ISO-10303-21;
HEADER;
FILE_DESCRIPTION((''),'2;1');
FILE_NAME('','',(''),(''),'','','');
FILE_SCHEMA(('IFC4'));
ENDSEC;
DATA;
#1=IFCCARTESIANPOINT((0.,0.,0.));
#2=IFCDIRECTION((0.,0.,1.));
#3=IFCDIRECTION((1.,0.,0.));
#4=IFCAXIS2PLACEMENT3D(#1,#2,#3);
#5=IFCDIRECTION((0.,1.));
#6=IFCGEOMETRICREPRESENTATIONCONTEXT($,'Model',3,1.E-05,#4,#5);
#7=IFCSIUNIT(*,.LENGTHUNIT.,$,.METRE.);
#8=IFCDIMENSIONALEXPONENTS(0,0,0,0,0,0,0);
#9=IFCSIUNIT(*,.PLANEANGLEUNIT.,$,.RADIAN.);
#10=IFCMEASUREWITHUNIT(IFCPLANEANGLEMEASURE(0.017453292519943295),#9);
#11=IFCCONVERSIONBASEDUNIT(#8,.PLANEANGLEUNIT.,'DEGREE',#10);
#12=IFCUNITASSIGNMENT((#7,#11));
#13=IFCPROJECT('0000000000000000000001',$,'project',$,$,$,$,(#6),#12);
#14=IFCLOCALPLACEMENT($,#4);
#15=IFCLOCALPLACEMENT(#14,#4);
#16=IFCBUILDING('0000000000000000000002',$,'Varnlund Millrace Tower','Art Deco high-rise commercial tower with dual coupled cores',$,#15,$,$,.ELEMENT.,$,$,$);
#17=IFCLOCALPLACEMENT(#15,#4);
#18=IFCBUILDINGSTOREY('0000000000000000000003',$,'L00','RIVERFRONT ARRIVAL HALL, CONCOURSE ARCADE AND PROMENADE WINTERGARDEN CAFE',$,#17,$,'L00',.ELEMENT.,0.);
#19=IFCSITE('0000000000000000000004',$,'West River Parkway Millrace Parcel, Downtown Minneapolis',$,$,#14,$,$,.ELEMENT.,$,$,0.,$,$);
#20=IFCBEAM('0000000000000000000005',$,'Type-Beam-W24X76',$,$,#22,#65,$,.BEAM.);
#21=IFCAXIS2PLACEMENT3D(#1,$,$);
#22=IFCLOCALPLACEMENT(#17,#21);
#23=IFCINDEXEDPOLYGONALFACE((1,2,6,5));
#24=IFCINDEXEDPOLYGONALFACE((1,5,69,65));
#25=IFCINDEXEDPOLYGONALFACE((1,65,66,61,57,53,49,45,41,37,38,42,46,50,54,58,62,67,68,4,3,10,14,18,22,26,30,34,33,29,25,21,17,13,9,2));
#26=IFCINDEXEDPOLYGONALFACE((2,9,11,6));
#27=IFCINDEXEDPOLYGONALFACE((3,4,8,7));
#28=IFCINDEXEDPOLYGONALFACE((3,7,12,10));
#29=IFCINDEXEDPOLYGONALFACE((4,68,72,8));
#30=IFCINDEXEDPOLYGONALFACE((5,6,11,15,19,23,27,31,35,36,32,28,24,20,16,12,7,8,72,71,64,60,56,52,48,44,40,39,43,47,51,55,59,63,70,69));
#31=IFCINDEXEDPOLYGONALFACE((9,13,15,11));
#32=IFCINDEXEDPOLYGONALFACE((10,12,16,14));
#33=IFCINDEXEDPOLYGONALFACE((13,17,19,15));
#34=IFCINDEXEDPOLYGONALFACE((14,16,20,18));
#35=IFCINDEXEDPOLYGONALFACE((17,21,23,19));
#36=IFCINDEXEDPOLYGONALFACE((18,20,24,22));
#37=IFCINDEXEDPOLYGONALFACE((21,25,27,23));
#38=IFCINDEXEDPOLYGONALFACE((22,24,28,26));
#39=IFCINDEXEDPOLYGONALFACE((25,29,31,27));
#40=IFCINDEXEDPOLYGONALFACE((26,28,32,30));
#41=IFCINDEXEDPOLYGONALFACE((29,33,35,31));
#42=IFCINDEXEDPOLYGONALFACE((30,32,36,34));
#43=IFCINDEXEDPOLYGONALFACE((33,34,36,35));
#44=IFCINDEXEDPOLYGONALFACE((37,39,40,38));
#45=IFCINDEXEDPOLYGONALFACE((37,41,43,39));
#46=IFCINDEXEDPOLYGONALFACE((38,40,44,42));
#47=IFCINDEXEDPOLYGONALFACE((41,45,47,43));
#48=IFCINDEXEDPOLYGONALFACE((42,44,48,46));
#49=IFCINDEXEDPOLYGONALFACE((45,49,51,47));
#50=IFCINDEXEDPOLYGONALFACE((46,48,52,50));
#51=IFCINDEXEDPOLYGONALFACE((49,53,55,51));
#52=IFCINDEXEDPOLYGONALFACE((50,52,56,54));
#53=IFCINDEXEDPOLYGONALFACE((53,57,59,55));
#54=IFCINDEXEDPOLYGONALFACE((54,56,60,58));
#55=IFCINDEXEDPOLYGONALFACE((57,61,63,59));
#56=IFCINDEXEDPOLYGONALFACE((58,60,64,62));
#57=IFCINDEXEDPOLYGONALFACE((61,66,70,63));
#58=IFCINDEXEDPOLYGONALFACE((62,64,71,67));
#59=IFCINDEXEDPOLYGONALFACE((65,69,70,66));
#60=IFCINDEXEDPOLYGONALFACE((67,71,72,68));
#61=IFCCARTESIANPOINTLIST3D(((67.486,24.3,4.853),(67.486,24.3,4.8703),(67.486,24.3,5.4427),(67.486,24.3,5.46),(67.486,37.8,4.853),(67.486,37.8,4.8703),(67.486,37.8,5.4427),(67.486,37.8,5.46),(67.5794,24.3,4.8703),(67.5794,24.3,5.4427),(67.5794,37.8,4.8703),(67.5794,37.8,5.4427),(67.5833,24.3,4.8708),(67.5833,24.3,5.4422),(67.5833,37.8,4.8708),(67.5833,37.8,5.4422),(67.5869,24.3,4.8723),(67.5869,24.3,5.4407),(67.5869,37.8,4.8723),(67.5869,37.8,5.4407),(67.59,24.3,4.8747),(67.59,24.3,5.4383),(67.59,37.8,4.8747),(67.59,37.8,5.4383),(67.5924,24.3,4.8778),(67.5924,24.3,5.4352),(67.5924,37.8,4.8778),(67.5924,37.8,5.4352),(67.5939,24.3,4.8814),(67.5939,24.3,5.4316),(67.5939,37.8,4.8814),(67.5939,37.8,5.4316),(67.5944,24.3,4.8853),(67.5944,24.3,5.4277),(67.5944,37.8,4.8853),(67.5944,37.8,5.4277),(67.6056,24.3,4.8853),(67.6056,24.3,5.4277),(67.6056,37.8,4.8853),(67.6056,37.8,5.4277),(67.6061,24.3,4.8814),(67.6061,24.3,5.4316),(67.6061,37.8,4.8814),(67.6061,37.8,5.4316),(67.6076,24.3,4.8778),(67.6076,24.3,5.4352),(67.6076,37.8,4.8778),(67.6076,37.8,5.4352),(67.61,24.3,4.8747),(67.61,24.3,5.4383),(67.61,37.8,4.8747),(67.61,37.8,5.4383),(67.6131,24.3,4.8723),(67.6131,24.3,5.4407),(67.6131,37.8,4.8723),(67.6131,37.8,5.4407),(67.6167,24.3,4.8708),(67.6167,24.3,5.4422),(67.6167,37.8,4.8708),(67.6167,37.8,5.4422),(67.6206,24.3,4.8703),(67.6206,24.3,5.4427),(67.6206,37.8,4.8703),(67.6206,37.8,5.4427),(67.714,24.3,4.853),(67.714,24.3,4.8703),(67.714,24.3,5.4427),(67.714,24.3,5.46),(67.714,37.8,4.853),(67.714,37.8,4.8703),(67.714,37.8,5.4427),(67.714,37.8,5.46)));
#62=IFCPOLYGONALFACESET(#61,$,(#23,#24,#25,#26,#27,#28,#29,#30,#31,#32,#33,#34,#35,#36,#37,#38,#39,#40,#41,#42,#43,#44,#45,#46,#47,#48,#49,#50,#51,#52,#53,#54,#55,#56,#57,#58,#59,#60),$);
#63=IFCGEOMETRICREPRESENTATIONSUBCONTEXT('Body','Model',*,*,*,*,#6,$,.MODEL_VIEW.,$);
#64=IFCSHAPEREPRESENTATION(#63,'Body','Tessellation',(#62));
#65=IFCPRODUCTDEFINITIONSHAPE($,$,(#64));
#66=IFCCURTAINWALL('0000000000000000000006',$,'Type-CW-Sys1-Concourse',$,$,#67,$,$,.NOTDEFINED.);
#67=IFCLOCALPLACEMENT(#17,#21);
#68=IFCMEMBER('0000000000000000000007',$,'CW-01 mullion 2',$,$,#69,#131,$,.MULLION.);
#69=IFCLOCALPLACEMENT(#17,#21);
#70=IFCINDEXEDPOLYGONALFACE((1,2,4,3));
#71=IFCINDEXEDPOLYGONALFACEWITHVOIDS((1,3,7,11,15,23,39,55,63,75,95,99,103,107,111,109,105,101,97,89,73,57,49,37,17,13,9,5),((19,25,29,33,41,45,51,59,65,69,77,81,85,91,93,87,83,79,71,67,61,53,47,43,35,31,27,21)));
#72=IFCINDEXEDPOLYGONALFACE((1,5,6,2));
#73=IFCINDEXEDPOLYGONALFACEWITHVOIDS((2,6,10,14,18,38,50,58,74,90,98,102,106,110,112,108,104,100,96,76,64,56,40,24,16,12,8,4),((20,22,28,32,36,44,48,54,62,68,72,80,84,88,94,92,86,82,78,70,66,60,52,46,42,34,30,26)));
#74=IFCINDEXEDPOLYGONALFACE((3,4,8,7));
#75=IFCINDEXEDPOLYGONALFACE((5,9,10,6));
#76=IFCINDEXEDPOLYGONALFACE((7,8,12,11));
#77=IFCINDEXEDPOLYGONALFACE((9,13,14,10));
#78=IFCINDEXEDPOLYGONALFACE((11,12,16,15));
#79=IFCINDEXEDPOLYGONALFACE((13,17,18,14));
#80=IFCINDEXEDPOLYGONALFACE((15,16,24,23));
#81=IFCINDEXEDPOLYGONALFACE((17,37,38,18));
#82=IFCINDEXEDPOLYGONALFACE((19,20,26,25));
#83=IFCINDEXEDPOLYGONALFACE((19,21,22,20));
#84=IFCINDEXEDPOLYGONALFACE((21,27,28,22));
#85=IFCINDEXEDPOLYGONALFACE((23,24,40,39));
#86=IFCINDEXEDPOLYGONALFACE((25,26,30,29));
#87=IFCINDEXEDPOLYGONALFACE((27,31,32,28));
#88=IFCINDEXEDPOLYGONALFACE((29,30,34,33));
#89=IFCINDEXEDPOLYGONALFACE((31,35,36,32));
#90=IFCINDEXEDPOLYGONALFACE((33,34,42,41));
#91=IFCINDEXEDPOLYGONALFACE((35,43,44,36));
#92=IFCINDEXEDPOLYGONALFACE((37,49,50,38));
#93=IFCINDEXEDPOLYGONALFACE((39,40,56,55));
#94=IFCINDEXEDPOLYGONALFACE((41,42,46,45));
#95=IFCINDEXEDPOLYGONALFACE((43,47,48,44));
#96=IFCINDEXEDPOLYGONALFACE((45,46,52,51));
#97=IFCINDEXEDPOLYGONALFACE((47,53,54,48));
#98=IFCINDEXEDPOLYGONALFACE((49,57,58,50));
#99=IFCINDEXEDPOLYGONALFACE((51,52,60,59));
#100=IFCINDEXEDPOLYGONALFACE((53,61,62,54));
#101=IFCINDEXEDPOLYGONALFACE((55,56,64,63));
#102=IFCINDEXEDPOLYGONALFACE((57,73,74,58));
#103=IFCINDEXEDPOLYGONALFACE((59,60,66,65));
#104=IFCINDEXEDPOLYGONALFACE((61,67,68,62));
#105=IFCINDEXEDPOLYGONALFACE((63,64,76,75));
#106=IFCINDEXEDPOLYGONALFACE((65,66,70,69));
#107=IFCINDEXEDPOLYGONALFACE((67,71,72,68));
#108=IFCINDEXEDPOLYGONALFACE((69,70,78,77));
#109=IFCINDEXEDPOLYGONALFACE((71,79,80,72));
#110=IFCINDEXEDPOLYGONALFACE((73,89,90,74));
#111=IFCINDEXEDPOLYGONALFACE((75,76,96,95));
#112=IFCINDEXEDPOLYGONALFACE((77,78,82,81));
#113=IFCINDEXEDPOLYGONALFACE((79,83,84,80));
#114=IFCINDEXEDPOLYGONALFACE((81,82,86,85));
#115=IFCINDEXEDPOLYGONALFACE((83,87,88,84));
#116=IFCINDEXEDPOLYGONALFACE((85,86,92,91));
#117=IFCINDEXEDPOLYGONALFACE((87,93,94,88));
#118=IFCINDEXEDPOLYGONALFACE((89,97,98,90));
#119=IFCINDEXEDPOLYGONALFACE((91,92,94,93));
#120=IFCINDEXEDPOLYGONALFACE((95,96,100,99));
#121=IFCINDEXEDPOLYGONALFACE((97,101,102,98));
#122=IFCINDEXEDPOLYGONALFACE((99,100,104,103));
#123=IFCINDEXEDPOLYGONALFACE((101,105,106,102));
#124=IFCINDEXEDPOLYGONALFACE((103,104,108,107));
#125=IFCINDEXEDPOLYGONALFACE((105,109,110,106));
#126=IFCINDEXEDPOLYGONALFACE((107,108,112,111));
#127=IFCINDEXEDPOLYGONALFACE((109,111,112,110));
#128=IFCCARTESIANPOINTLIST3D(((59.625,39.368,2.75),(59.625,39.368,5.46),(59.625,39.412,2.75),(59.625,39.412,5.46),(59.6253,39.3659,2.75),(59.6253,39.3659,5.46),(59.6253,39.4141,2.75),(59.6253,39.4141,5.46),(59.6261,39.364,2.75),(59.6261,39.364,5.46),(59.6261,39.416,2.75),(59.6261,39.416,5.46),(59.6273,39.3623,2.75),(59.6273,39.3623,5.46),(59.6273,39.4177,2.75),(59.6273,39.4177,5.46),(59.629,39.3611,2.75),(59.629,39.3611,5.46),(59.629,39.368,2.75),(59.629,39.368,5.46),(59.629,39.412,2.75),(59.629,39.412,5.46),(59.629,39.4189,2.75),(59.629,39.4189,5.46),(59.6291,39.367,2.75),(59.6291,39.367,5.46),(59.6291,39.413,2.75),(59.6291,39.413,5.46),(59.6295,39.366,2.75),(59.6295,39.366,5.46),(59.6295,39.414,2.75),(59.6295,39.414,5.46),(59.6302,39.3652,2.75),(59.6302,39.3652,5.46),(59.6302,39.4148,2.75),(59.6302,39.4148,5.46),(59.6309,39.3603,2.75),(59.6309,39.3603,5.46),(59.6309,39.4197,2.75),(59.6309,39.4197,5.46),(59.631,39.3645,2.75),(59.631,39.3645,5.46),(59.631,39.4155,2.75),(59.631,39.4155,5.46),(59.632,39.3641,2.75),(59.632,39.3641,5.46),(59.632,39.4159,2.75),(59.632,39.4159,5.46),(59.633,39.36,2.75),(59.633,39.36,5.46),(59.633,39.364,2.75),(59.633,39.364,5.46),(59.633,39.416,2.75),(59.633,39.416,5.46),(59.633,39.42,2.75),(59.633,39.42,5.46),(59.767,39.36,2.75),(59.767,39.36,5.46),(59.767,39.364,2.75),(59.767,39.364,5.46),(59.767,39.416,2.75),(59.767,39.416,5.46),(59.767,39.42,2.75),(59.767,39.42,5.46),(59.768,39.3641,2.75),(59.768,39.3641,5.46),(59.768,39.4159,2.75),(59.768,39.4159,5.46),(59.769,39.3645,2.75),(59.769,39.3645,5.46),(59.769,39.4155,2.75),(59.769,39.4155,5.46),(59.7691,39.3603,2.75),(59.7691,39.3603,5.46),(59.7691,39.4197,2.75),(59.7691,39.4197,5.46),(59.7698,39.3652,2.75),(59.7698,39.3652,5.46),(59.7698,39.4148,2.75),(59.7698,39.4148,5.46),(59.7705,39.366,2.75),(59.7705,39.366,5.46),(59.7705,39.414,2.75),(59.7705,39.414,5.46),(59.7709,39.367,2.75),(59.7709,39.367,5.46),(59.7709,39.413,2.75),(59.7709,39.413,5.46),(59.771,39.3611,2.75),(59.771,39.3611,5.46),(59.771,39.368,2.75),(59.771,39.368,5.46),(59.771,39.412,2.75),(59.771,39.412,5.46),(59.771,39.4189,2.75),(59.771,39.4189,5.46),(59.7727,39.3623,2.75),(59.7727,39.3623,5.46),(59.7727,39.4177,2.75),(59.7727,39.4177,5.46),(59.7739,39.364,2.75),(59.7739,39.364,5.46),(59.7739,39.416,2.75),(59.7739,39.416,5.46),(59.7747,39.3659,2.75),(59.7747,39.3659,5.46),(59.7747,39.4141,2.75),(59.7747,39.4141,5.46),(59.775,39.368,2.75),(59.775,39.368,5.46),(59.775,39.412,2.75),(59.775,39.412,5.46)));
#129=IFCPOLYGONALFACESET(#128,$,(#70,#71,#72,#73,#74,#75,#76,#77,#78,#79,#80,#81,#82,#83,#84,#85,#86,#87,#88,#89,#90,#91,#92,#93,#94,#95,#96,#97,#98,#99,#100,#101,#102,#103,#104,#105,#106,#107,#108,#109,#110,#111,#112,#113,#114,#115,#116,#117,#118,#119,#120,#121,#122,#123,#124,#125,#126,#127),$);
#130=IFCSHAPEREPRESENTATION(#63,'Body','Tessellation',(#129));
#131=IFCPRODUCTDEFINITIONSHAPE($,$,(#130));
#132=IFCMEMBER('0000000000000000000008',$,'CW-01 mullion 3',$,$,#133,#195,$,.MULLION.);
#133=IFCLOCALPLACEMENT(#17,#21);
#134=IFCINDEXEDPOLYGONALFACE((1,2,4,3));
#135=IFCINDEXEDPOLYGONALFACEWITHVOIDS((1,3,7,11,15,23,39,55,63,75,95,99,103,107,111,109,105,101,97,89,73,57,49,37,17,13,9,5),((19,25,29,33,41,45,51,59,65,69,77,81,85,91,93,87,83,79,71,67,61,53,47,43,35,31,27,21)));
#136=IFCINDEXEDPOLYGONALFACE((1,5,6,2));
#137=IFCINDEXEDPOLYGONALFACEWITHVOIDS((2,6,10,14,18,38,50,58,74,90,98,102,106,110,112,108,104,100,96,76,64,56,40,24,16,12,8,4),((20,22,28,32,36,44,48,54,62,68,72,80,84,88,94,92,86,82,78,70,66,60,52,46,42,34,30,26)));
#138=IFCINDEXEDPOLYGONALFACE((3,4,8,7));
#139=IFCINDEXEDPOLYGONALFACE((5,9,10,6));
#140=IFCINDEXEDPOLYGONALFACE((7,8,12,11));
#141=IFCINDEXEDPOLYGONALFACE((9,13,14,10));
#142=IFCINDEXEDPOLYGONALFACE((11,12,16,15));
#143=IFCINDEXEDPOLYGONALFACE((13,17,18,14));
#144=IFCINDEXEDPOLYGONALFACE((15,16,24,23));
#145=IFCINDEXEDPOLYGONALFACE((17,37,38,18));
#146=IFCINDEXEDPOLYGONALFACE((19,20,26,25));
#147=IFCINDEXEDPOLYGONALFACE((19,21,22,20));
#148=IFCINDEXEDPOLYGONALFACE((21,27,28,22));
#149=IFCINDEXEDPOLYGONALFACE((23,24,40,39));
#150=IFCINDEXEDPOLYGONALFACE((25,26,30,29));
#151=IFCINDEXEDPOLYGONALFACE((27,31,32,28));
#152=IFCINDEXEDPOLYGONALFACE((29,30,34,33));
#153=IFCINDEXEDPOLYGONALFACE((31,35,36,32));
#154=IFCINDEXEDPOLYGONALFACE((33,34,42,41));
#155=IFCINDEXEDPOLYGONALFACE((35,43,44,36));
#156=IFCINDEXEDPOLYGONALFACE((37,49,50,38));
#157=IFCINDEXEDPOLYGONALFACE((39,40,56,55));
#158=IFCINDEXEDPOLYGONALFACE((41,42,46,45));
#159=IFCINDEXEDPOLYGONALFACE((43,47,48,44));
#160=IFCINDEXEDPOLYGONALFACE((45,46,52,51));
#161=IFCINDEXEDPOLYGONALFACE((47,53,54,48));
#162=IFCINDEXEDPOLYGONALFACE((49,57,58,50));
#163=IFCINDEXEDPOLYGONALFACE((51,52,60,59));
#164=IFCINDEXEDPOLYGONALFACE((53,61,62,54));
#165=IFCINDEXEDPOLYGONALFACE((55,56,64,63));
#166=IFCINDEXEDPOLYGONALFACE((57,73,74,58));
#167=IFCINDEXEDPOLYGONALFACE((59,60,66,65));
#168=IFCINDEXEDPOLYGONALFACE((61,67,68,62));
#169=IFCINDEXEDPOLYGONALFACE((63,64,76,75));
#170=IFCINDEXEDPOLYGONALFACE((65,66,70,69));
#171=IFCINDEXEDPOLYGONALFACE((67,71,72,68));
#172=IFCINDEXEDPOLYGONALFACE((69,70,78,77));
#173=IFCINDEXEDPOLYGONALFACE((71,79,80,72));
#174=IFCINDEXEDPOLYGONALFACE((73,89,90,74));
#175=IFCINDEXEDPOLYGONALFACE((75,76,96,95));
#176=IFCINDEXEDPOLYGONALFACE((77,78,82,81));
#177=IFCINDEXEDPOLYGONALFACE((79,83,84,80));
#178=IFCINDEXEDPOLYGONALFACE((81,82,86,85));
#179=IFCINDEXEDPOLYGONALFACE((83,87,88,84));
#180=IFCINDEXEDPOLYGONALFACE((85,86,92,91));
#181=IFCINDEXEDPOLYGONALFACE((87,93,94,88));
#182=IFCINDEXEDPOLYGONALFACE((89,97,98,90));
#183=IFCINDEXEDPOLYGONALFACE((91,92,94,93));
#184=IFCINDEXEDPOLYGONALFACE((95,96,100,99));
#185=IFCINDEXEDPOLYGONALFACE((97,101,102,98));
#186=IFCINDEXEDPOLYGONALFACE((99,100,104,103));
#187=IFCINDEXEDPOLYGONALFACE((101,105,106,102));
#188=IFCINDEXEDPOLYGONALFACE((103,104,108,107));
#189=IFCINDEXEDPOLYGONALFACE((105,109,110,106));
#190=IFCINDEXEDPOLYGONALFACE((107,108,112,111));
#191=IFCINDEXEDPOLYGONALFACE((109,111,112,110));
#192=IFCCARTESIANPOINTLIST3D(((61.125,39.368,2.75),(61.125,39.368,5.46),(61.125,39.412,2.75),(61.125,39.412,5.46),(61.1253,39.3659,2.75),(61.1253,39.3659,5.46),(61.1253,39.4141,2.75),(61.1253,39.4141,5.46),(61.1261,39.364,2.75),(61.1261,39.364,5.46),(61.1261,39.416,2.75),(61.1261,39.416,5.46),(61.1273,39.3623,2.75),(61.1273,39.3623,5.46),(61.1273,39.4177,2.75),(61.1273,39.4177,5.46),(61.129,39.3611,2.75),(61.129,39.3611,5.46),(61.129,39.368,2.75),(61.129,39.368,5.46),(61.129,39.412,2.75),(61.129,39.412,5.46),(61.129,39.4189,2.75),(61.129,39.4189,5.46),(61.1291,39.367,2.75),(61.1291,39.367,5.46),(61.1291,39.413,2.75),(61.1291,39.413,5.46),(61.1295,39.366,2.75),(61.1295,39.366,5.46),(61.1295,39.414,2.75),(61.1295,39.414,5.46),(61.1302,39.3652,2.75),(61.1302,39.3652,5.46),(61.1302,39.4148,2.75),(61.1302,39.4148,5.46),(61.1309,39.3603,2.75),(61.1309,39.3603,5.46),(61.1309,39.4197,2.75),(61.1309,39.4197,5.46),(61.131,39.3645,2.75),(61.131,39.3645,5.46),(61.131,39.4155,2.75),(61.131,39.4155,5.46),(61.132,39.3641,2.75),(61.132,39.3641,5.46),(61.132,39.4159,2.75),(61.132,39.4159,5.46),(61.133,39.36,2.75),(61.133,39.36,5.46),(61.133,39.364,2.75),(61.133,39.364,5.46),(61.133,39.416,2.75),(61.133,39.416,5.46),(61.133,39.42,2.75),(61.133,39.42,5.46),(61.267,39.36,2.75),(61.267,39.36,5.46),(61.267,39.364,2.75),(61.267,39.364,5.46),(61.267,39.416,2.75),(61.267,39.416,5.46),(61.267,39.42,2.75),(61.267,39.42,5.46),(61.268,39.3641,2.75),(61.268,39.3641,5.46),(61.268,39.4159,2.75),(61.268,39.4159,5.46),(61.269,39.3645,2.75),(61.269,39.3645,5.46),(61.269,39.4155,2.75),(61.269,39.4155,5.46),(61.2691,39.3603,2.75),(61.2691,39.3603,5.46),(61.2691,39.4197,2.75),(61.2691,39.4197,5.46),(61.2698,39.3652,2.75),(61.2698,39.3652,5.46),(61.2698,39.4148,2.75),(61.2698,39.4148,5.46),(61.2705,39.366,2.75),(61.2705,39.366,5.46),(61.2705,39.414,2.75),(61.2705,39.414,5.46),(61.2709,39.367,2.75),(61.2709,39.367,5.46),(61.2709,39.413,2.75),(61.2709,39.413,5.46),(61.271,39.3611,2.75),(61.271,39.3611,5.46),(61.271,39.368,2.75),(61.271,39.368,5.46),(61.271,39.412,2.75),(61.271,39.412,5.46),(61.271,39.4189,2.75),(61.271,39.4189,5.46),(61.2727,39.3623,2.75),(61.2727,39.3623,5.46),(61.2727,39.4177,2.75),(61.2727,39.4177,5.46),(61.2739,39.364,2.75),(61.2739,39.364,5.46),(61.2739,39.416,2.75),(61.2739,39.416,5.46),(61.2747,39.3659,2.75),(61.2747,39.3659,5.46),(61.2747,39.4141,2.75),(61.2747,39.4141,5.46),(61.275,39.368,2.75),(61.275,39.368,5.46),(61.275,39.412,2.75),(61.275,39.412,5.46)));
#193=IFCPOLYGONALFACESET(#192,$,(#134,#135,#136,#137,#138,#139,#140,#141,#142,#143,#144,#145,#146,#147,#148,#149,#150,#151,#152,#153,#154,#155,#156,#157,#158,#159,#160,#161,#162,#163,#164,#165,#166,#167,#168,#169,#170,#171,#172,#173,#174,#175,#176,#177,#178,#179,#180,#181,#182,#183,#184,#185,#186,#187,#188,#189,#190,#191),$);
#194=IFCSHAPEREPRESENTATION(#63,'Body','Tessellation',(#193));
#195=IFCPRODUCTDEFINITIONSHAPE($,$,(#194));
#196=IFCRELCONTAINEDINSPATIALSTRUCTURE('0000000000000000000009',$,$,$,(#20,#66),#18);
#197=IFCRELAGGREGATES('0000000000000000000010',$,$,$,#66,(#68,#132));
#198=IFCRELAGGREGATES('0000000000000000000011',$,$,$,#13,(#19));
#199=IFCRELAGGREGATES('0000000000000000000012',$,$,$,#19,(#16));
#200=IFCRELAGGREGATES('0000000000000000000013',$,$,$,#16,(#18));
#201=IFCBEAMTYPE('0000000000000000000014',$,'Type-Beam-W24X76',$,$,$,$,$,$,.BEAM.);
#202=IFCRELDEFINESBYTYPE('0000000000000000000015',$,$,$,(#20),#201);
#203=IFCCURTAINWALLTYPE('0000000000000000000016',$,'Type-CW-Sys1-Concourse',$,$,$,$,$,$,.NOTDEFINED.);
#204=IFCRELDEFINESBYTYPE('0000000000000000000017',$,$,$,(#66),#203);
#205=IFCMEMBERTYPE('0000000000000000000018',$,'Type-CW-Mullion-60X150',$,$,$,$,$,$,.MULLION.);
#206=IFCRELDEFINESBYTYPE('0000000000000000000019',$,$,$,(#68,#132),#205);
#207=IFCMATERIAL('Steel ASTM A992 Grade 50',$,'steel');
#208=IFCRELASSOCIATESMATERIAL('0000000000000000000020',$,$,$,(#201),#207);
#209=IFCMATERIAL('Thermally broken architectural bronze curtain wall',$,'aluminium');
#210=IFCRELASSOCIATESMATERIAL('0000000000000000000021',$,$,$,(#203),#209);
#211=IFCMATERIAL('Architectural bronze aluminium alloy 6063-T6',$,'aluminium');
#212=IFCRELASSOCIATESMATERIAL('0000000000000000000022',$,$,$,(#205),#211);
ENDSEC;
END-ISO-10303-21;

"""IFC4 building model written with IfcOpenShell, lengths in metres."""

from ifc_helpers import new_model, entity, si_unit, converted_unit, direction, frame, origin_with_axes, origin_2d_with_axis, place, context, subcontext, project, spatial, hollow_rectangle, i_section, extrude, material, material_profile, profile_set, type_object, element, aggregate, save


model = new_model("IFC4")

# Units and contexts
model_context = context("Model", 3, precision=1e-05, world=origin_with_axes(), true_north=direction((0.0, 1.0)))
body_context = subcontext(model_context, "Body", "Model", "MODEL_VIEW")
ifc_project = project(units=[si_unit("LENGTHUNIT", "METRE"), converted_unit("PLANEANGLEUNIT", "DEGREE", entity("IfcPlaneAngleMeasure", 0.017453292519943295), si_unit("PLANEANGLEUNIT", "RADIAN"), dimensions=[0, 0, 0, 0, 0, 0, 0])], contexts=[model_context])

# Site, building, storey
site_placement = place(None, origin_with_axes())
site = spatial("IfcSite", under=ifc_project, at=site_placement, Name="West River Parkway Millrace Parcel, Downtown Minneapolis", CompositionType="ELEMENT", RefElevation=0.0)
building_placement = place(site_placement, origin_with_axes())
building = spatial("IfcBuilding", under=site, at=building_placement, Name="Varnlund Millrace Tower", Description="Art Deco high-rise commercial tower with dual coupled cores", CompositionType="ELEMENT")
storey_placement = place(building_placement, origin_with_axes())
storey = spatial("IfcBuildingStorey", under=building, at=storey_placement, Name="L00", Description="RIVERFRONT ARRIVAL HALL, CONCOURSE ARCADE AND PROMENADE WINTERGARDEN CAFE", LongName="L00", CompositionType="ELEMENT", Elevation=0.0)

# Beam
ifc_material_1 = material(Name="Steel ASTM A992 Grade 50", Category="steel")
ifc_material_profile_1 = material_profile(ifc_material_1, i_section(OverallWidth=0.228, OverallDepth=0.607, WebThickness=0.0112, FlangeThickness=0.0173, FilletRadius=0.015, at=origin_2d_with_axis()), Name="Steel ASTM A992 Grade 50")
ifc_profile_set_1 = profile_set([ifc_material_profile_1], Name="Steel ASTM A992 Grade 50")
beam_type_1 = type_object("IfcBeamType", Name="Type-Beam-W24X76", PredefinedType="BEAM", material=ifc_profile_set_1)
beam_1_placement = place(storey_placement, frame((67.6, 24.3, 5.1565), z_axis=(0.0, 1.0, 0.0), x_axis=(-1.0, 0.0, 0.0)))
element("IfcBeam", 1, at=beam_1_placement, inside=storey, type_object=beam_type_1, Name="Type-Beam-W24X76", PredefinedType="BEAM", context=body_context, shape_type="SweptSolid", body=[
    extrude(i_section(OverallWidth=0.228, OverallDepth=0.607, WebThickness=0.0112, FlangeThickness=0.0173, FilletRadius=0.015, at=origin_2d_with_axis()), origin_with_axes(), (0.0, 0.0, 1.0), 13.5),
])

# Curtain wall, members
ifc_material_2 = material(Name="Thermally broken architectural bronze curtain wall", Category="aluminium")
curtain_wall_type = type_object("IfcCurtainWallType", Name="Type-CW-Sys1-Concourse", PredefinedType="NOTDEFINED", material=ifc_material_2)
curtain_wall_1_placement = place(storey_placement, frame((58.2, 39.39, 2.75), z_axis=(0.0, 0.0, 1.0), x_axis=(1.0, 0.0, 0.0)))
curtain_wall_1 = element("IfcCurtainWall", 2, at=curtain_wall_1_placement, inside=storey, type_object=curtain_wall_type, Name="Type-CW-Sys1-Concourse", PredefinedType="NOTDEFINED")
ifc_material_3 = material(Name="Architectural bronze aluminium alloy 6063-T6", Category="aluminium")
ifc_material_profile_2 = material_profile(ifc_material_3, hollow_rectangle(XDim=0.06, YDim=0.15, WallThickness=0.004, InnerFilletRadius=0.004, OuterFilletRadius=0.008, at=origin_2d_with_axis()), Name="Architectural bronze aluminium alloy 6063-T6")
ifc_profile_set_2 = profile_set([ifc_material_profile_2], Name="Architectural bronze aluminium alloy 6063-T6")
member_type_1 = type_object("IfcMemberType", Name="Type-CW-Mullion-60X150", PredefinedType="MULLION", material=ifc_profile_set_2)
member_1_placement = place(storey_placement, frame((59.7, 39.39, 2.75), z_axis=(0.0, 0.0, 1.0), x_axis=(0.0, 1.0, 0.0)))
member_1 = element("IfcMember", 3, at=member_1_placement, type_object=member_type_1, Name="CW-01 mullion 2", PredefinedType="MULLION", context=body_context, shape_type="SweptSolid", body=[
    extrude(hollow_rectangle(XDim=0.06, YDim=0.15, WallThickness=0.004, InnerFilletRadius=0.004, OuterFilletRadius=0.008, at=origin_2d_with_axis()), origin_with_axes(), (0.0, 0.0, 1.0), 2.71),
])
member_2_placement = place(storey_placement, frame((61.2, 39.39, 2.75), z_axis=(0.0, 0.0, 1.0), x_axis=(0.0, 1.0, 0.0)))
member_2 = element("IfcMember", 4, at=member_2_placement, type_object=member_type_1, Name="CW-01 mullion 3", PredefinedType="MULLION", context=body_context, shape_type="SweptSolid", body=[
    extrude(hollow_rectangle(XDim=0.06, YDim=0.15, WallThickness=0.004, InnerFilletRadius=0.004, OuterFilletRadius=0.008, at=origin_2d_with_axis()), origin_with_axes(), (0.0, 0.0, 1.0), 2.71),
])

aggregate(curtain_wall_1, [member_1, member_2])

save(model, "model.ifc")
